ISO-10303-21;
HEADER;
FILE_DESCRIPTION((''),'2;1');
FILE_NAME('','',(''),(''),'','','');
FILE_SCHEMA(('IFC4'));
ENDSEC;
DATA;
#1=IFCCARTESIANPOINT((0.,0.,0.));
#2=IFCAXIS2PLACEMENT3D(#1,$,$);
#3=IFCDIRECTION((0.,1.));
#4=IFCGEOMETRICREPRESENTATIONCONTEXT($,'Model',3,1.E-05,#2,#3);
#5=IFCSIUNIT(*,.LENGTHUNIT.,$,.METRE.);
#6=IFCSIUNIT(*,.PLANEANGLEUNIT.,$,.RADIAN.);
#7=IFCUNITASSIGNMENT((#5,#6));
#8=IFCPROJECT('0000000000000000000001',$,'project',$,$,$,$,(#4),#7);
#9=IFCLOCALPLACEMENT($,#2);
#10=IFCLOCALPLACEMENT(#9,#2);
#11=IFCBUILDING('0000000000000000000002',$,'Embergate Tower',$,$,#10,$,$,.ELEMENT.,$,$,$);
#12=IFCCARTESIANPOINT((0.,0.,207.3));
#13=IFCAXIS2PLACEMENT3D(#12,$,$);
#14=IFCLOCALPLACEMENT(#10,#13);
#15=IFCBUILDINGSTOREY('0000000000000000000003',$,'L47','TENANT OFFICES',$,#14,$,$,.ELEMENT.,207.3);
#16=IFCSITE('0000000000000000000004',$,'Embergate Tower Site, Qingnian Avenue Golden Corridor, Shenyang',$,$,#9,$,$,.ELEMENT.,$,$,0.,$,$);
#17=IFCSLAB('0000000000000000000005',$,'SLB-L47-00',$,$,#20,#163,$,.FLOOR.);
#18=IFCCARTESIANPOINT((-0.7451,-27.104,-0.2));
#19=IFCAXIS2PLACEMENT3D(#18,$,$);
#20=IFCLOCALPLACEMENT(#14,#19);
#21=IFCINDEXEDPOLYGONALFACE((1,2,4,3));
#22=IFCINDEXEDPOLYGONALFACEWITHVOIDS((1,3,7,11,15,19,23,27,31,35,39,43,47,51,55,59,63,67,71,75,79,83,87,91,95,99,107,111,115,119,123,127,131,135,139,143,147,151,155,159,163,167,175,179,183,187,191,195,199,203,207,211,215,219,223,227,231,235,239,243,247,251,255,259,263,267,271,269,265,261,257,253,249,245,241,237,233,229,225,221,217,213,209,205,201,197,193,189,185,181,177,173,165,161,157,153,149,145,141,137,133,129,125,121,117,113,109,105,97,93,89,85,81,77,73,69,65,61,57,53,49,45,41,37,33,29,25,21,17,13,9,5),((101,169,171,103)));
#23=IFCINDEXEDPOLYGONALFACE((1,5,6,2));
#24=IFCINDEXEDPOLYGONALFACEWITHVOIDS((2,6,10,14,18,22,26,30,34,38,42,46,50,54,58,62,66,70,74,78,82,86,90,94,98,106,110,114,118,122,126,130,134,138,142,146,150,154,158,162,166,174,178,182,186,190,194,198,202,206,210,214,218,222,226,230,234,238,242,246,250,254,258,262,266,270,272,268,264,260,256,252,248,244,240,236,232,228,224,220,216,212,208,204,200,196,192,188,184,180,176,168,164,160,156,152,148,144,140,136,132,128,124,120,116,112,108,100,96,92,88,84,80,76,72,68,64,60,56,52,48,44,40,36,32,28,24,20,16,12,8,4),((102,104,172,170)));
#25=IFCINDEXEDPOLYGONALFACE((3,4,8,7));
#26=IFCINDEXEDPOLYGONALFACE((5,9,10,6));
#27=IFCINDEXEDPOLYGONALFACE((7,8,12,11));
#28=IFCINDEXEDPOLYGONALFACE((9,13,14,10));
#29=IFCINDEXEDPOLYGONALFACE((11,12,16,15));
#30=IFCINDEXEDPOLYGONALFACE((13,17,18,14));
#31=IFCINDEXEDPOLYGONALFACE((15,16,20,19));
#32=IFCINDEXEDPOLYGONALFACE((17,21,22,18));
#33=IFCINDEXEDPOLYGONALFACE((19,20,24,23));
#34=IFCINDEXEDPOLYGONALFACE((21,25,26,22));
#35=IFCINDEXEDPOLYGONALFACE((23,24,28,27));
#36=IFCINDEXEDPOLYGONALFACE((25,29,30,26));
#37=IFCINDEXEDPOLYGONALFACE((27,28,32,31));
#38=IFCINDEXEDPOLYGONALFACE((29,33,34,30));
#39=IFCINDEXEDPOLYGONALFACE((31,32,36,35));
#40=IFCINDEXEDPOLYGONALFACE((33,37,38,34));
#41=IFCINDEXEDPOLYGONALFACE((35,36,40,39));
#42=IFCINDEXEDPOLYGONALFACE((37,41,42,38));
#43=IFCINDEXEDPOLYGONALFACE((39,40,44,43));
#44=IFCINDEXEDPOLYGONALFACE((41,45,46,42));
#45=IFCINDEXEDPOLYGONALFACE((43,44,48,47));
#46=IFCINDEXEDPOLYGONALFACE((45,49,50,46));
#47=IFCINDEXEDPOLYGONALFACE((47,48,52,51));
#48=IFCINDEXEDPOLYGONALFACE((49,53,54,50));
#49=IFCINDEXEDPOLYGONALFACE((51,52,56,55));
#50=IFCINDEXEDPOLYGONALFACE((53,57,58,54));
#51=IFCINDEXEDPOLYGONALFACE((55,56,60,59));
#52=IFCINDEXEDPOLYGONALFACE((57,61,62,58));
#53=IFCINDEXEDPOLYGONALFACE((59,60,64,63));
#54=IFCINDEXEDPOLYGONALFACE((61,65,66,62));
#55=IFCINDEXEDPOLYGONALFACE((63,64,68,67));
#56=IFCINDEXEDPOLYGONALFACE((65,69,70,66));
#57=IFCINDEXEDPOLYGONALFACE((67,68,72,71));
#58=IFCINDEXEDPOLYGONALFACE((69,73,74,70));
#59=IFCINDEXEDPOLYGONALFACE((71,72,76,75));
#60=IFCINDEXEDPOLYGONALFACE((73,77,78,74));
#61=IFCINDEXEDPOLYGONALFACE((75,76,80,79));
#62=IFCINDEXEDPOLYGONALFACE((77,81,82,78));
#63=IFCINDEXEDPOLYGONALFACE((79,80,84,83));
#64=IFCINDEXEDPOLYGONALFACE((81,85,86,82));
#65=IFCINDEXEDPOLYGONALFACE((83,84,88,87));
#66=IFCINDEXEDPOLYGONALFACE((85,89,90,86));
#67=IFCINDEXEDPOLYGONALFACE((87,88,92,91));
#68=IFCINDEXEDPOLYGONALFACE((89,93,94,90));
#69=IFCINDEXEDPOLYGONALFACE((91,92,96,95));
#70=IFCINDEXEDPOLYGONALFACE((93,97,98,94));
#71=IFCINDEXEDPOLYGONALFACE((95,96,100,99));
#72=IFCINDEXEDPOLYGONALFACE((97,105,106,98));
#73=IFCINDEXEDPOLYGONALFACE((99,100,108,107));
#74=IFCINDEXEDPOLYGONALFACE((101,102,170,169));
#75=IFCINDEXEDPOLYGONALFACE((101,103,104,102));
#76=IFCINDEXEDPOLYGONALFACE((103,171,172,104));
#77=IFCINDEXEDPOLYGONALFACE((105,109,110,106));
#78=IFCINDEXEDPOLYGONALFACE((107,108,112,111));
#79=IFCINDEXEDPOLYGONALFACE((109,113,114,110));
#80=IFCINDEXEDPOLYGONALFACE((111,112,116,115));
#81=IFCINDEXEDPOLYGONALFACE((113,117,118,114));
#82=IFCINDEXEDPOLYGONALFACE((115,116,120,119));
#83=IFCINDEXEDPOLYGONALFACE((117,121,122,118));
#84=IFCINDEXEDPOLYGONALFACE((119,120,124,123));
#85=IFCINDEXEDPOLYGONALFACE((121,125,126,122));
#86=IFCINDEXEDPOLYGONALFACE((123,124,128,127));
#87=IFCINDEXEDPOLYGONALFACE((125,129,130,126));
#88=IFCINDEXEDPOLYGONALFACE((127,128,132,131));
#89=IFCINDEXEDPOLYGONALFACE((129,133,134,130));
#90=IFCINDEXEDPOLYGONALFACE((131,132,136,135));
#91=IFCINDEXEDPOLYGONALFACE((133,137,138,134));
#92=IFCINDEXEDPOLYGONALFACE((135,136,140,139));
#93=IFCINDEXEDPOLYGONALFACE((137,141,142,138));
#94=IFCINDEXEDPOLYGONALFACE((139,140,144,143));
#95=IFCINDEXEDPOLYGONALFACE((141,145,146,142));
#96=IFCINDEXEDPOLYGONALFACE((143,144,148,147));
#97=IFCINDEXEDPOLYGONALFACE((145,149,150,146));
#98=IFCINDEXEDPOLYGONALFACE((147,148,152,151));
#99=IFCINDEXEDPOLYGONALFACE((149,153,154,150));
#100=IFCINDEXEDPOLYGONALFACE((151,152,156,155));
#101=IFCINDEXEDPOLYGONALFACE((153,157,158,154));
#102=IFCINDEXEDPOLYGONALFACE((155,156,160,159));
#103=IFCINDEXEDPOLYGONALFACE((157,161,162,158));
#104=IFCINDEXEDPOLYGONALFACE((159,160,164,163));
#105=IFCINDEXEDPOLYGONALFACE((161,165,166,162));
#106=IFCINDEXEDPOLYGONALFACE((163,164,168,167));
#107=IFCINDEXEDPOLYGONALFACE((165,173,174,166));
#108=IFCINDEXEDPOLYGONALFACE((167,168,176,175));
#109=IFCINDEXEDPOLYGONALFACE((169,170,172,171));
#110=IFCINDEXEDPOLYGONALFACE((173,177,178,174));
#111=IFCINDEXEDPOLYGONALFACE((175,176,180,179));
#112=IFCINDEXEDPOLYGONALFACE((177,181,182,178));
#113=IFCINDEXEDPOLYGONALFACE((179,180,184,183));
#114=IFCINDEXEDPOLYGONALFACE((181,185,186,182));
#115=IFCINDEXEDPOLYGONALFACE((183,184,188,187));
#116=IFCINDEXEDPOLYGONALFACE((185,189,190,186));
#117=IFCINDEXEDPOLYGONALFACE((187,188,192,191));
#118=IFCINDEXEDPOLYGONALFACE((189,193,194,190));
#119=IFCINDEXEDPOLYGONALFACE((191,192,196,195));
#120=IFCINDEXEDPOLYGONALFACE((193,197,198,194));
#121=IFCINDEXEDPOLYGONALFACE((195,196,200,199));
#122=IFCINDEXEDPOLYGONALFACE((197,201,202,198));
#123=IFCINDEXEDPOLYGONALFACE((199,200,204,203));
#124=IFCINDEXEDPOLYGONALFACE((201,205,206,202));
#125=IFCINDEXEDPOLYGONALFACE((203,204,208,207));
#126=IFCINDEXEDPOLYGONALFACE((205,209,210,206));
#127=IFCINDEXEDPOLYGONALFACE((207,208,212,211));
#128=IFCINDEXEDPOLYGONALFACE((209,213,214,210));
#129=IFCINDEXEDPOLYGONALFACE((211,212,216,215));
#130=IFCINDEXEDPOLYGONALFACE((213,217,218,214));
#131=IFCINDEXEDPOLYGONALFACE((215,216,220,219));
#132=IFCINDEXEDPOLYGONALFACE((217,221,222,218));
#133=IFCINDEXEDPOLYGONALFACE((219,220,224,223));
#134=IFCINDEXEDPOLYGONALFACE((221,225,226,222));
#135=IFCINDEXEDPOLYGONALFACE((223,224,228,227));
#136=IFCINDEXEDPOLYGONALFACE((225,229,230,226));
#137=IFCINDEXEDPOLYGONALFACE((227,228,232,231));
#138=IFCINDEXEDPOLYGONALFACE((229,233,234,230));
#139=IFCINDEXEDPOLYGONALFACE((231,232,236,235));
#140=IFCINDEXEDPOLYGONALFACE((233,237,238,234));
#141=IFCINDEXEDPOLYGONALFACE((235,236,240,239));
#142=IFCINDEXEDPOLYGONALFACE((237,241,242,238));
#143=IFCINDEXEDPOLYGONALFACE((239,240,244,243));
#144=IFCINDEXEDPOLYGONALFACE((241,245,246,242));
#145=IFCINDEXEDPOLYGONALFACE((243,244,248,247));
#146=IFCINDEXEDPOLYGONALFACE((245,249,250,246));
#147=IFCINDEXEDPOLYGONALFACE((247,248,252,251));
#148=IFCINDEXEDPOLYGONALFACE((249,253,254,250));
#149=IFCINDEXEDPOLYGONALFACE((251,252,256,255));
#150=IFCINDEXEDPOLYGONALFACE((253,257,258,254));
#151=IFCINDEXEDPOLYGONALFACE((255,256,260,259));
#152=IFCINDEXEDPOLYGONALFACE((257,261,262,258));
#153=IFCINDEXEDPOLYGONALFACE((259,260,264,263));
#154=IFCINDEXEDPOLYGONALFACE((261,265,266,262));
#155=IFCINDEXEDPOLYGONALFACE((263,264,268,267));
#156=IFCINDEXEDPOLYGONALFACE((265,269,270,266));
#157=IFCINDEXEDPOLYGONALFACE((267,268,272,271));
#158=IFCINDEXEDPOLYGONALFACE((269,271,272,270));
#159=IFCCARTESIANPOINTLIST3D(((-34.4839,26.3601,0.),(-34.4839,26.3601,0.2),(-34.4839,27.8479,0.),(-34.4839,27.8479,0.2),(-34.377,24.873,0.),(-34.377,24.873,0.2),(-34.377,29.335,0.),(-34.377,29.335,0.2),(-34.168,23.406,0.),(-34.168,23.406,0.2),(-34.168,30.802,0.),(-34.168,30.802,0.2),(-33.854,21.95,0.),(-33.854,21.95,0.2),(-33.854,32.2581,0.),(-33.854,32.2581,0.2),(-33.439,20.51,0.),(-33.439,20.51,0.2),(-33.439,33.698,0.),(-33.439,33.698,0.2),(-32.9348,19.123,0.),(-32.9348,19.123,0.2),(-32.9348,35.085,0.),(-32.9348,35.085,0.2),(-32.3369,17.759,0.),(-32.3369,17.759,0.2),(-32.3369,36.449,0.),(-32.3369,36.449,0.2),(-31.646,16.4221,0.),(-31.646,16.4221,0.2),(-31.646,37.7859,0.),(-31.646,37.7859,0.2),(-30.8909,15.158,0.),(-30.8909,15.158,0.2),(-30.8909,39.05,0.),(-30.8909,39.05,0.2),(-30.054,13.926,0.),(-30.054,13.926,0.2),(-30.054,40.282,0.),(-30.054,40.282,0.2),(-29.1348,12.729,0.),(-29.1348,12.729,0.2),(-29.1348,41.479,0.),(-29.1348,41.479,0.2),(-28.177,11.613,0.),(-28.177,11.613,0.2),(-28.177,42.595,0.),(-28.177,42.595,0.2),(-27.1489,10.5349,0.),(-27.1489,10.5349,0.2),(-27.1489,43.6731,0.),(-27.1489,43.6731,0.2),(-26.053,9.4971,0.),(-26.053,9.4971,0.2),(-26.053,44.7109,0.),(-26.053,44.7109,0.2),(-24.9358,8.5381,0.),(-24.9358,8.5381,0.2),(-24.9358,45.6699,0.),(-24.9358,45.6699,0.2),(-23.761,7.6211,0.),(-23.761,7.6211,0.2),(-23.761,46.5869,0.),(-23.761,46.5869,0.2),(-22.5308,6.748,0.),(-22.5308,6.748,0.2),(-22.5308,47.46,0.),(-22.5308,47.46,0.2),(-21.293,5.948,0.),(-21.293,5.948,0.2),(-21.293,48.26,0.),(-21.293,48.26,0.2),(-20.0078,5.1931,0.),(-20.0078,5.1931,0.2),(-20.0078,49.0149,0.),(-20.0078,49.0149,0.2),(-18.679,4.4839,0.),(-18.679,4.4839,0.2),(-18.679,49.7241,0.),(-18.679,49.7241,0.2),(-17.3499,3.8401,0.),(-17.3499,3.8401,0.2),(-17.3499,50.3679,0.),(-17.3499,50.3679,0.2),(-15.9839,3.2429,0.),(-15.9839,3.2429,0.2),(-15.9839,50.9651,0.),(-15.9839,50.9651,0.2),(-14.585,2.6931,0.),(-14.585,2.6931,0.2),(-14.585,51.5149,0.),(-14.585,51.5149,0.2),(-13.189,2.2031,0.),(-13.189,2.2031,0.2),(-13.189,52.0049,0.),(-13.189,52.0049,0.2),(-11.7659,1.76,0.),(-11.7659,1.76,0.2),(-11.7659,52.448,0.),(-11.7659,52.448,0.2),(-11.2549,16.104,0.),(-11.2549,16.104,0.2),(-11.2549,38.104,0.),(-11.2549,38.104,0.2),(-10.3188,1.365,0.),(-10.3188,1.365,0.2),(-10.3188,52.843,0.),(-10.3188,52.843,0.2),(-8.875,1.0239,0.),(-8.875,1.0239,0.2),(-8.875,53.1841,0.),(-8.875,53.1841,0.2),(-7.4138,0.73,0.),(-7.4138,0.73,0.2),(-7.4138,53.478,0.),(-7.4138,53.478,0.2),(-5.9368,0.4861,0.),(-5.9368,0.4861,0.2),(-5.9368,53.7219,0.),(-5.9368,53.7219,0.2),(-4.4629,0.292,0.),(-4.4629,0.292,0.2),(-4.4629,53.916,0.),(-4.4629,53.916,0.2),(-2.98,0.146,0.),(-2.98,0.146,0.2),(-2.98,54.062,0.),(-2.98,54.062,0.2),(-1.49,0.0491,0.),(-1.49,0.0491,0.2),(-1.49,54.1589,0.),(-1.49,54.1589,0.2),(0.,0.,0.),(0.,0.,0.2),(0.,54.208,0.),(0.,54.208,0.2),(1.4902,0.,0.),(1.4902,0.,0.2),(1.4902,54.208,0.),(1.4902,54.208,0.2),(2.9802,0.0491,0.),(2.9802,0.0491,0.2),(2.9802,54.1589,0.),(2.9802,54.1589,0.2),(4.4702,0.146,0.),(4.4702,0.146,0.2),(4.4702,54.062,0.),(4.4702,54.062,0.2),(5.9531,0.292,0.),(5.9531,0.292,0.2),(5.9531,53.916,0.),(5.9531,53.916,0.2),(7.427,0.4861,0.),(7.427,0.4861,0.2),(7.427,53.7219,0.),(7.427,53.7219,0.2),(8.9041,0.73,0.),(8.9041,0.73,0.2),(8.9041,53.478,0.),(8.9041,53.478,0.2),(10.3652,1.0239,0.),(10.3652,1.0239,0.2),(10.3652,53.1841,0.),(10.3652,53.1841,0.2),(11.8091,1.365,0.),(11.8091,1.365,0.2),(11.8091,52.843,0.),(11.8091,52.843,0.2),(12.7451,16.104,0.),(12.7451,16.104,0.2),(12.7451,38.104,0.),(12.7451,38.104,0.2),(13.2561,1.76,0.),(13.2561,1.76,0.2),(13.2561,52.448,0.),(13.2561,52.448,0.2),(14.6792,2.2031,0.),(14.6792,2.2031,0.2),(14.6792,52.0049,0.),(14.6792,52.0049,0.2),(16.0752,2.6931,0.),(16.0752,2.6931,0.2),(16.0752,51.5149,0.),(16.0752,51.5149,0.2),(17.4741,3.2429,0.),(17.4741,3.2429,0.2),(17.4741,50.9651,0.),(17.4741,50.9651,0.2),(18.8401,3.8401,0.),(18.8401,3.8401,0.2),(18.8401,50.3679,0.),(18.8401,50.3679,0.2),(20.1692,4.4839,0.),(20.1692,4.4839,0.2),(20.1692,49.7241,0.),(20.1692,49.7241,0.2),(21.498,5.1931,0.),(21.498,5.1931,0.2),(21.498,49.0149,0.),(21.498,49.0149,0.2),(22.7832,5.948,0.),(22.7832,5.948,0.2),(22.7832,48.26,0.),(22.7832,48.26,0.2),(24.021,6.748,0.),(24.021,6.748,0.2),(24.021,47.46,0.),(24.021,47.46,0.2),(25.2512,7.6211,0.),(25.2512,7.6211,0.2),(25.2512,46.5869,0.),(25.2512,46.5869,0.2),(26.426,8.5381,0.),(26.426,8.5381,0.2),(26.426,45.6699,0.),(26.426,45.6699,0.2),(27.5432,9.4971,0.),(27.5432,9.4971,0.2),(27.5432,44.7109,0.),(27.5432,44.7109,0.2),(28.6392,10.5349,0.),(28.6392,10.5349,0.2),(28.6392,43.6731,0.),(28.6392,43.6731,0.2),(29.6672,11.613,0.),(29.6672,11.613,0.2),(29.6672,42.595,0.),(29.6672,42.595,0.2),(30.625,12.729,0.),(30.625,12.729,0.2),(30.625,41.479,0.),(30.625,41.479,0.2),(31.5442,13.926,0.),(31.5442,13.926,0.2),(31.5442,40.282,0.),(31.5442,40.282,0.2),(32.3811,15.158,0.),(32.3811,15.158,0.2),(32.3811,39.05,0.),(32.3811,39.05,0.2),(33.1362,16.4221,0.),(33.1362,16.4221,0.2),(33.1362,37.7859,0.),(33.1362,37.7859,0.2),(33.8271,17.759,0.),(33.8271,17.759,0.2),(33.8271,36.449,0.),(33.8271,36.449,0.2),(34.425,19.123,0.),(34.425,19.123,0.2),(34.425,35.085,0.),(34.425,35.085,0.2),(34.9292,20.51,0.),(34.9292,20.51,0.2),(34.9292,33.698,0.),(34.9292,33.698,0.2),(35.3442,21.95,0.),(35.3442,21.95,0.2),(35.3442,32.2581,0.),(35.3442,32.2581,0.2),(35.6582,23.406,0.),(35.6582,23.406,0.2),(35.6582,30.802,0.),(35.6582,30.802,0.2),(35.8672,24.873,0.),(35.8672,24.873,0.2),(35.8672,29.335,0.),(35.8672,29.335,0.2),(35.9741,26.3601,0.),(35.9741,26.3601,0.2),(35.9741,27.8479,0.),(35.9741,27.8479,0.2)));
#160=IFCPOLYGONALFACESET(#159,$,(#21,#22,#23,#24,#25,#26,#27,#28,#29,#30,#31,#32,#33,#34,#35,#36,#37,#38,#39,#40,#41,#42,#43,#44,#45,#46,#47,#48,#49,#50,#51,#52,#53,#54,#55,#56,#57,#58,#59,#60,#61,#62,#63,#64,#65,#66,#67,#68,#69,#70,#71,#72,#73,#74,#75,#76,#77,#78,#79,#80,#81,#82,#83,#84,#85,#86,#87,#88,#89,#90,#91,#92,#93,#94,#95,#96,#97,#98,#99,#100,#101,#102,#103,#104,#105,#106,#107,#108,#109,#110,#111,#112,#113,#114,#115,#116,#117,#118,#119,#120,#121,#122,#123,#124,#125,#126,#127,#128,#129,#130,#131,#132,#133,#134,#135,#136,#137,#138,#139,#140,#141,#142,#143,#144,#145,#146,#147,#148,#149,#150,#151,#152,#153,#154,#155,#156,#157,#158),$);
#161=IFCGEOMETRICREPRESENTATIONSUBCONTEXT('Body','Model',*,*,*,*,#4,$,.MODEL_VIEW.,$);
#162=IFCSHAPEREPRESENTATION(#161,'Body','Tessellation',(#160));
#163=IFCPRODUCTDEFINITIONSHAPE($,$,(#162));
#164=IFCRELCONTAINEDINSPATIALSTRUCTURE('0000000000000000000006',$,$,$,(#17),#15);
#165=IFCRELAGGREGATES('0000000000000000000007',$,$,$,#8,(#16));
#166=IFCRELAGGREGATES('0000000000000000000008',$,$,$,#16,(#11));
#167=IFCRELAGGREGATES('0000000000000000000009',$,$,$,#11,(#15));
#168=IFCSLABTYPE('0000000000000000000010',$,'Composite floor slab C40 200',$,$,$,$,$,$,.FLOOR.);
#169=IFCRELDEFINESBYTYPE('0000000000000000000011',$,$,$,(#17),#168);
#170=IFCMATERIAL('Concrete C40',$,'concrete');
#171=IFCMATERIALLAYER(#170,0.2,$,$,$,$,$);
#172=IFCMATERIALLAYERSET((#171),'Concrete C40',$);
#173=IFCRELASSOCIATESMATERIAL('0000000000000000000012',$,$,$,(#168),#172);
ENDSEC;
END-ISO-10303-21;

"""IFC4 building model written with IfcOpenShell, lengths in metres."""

from ifc_helpers import new_model, si_unit, direction, frame, origin, place, context, subcontext, project, spatial, polyline, outline, extrude, source, transform, mapped, material, layer, layer_set, type_object, element, save


model = new_model("IFC4")

# Units and contexts
model_context = context("Model", 3, precision=1e-05, world=origin(), true_north=direction((0.0, 1.0)))
body_context = subcontext(model_context, "Body", "Model", "MODEL_VIEW")
ifc_project = project(units=[si_unit("LENGTHUNIT", "METRE"), si_unit("PLANEANGLEUNIT", "RADIAN")], contexts=[model_context])

# Site, building, storey
site_placement = place(None, origin())
site = spatial("IfcSite", under=ifc_project, at=site_placement, Name="Embergate Tower Site, Qingnian Avenue Golden Corridor, Shenyang", CompositionType="ELEMENT", RefElevation=0.0)
building_placement = place(site_placement, origin())
building = spatial("IfcBuilding", under=site, at=building_placement, Name="Embergate Tower", CompositionType="ELEMENT")
storey_placement = place(building_placement, frame((0.0, 0.0, 207.3)))
storey = spatial("IfcBuildingStorey", under=building, at=storey_placement, Name="L47", Description="TENANT OFFICES", CompositionType="ELEMENT", Elevation=207.3)

# Slab
ifc_material_1 = material(Name="Concrete C40", Category="concrete")
ifc_layer_1 = layer(ifc_material_1, 0.2)
ifc_layer_set_1 = layer_set([ifc_layer_1], Name="Concrete C40")
slab_type = type_object("IfcSlabType", Name="Composite floor slab C40 200", PredefinedType="FLOOR", material=ifc_layer_set_1)
shared_shape_1 = source(origin(), body_context, "Body", "SweptSolid", [
    extrude(outline(polyline([(0.0, 0.0), (1.4902, 0.0), (2.9802, 0.0491), (4.4702, 0.146), (5.9531, 0.292), (7.427, 0.4861), (8.9041, 0.73), (10.3652, 1.0239), (11.8091, 1.365), (13.2561, 1.76), (14.6792, 2.2031), (16.0752, 2.6931), (17.4741, 3.2429), (18.8401, 3.8401), (20.1692, 4.4839), (21.498, 5.1931), (22.7832, 5.948), (24.021, 6.748), (25.2512, 7.6211), (26.426, 8.5381), (27.5432, 9.4971), (28.6392, 10.5349), (29.6672, 11.613), (30.625, 12.729), (31.5442, 13.926), (32.3811, 15.158), (33.1362, 16.4221), (33.8271, 17.759), (34.425, 19.123), (34.9292, 20.51), (35.3442, 21.95), (35.6582, 23.406), (35.8672, 24.873), (35.9741, 26.3601), (35.9741, 27.8479), (35.8672, 29.335), (35.6582, 30.802), (35.3442, 32.2581), (34.9292, 33.698), (34.425, 35.085), (33.8271, 36.449), (33.1362, 37.7859), (32.3811, 39.05), (31.5442, 40.282), (30.625, 41.479), (29.6672, 42.595), (28.6392, 43.6731), (27.5432, 44.7109), (26.426, 45.6699), (25.2512, 46.5869), (24.021, 47.46), (22.7832, 48.26), (21.498, 49.0149), (20.1692, 49.7241), (18.8401, 50.3679), (17.4741, 50.9651), (16.0752, 51.5149), (14.6792, 52.0049), (13.2561, 52.448), (11.8091, 52.843), (10.3652, 53.1841), (8.9041, 53.478), (7.427, 53.7219), (5.9531, 53.916), (4.4702, 54.062), (2.9802, 54.1589), (1.4902, 54.208), (0.0, 54.208), (-1.49, 54.1589), (-2.98, 54.062), (-4.4629, 53.916), (-5.9368, 53.7219), (-7.4138, 53.478), (-8.875, 53.1841), (-10.3188, 52.843), (-11.7659, 52.448), (-13.189, 52.0049), (-14.585, 51.5149), (-15.9839, 50.9651), (-17.3499, 50.3679), (-18.679, 49.7241), (-20.0078, 49.0149), (-21.293, 48.26), (-22.5308, 47.46), (-23.761, 46.5869), (-24.9358, 45.6699), (-26.053, 44.7109), (-27.1489, 43.6731), (-28.177, 42.595), (-29.1348, 41.479), (-30.054, 40.282), (-30.8909, 39.05), (-31.646, 37.7859), (-32.3369, 36.449), (-32.9348, 35.085), (-33.439, 33.698), (-33.854, 32.2581), (-34.168, 30.802), (-34.377, 29.335), (-34.4839, 27.8479), (-34.4839, 26.3601), (-34.377, 24.873), (-34.168, 23.406), (-33.854, 21.95), (-33.439, 20.51), (-32.9348, 19.123), (-32.3369, 17.759), (-31.646, 16.4221), (-30.8909, 15.158), (-30.054, 13.926), (-29.1348, 12.729), (-28.177, 11.613), (-27.1489, 10.5349), (-26.053, 9.4971), (-24.9358, 8.5381), (-23.761, 7.6211), (-22.5308, 6.748), (-21.293, 5.948), (-20.0078, 5.1931), (-18.679, 4.4839), (-17.3499, 3.8401), (-15.9839, 3.2429), (-14.585, 2.6931), (-13.189, 2.2031), (-11.7659, 1.76), (-10.3188, 1.365), (-8.875, 1.0239), (-7.4138, 0.73), (-5.9368, 0.4861), (-4.4629, 0.292), (-2.98, 0.146), (-1.49, 0.0491), (0.0, 0.0)]), holes=[polyline([(-11.2549, 16.104), (-11.2549, 38.104), (12.7451, 38.104), (12.7451, 16.104), (-11.2549, 16.104)])]), origin(), (0.0, 0.0, 1.0), 0.2),
])
slab_placement = place(storey_placement, frame((-0.7451, -27.104, -0.2)))
element("IfcSlab", 1, at=slab_placement, inside=storey, type_object=slab_type, Name="SLB-L47-00", PredefinedType="FLOOR", context=body_context, shape_type="MappedRepresentation", body=[
    mapped(shared_shape_1, transform((0.0, 0.0, 0.0))),
])

save(model, "model.ifc")
